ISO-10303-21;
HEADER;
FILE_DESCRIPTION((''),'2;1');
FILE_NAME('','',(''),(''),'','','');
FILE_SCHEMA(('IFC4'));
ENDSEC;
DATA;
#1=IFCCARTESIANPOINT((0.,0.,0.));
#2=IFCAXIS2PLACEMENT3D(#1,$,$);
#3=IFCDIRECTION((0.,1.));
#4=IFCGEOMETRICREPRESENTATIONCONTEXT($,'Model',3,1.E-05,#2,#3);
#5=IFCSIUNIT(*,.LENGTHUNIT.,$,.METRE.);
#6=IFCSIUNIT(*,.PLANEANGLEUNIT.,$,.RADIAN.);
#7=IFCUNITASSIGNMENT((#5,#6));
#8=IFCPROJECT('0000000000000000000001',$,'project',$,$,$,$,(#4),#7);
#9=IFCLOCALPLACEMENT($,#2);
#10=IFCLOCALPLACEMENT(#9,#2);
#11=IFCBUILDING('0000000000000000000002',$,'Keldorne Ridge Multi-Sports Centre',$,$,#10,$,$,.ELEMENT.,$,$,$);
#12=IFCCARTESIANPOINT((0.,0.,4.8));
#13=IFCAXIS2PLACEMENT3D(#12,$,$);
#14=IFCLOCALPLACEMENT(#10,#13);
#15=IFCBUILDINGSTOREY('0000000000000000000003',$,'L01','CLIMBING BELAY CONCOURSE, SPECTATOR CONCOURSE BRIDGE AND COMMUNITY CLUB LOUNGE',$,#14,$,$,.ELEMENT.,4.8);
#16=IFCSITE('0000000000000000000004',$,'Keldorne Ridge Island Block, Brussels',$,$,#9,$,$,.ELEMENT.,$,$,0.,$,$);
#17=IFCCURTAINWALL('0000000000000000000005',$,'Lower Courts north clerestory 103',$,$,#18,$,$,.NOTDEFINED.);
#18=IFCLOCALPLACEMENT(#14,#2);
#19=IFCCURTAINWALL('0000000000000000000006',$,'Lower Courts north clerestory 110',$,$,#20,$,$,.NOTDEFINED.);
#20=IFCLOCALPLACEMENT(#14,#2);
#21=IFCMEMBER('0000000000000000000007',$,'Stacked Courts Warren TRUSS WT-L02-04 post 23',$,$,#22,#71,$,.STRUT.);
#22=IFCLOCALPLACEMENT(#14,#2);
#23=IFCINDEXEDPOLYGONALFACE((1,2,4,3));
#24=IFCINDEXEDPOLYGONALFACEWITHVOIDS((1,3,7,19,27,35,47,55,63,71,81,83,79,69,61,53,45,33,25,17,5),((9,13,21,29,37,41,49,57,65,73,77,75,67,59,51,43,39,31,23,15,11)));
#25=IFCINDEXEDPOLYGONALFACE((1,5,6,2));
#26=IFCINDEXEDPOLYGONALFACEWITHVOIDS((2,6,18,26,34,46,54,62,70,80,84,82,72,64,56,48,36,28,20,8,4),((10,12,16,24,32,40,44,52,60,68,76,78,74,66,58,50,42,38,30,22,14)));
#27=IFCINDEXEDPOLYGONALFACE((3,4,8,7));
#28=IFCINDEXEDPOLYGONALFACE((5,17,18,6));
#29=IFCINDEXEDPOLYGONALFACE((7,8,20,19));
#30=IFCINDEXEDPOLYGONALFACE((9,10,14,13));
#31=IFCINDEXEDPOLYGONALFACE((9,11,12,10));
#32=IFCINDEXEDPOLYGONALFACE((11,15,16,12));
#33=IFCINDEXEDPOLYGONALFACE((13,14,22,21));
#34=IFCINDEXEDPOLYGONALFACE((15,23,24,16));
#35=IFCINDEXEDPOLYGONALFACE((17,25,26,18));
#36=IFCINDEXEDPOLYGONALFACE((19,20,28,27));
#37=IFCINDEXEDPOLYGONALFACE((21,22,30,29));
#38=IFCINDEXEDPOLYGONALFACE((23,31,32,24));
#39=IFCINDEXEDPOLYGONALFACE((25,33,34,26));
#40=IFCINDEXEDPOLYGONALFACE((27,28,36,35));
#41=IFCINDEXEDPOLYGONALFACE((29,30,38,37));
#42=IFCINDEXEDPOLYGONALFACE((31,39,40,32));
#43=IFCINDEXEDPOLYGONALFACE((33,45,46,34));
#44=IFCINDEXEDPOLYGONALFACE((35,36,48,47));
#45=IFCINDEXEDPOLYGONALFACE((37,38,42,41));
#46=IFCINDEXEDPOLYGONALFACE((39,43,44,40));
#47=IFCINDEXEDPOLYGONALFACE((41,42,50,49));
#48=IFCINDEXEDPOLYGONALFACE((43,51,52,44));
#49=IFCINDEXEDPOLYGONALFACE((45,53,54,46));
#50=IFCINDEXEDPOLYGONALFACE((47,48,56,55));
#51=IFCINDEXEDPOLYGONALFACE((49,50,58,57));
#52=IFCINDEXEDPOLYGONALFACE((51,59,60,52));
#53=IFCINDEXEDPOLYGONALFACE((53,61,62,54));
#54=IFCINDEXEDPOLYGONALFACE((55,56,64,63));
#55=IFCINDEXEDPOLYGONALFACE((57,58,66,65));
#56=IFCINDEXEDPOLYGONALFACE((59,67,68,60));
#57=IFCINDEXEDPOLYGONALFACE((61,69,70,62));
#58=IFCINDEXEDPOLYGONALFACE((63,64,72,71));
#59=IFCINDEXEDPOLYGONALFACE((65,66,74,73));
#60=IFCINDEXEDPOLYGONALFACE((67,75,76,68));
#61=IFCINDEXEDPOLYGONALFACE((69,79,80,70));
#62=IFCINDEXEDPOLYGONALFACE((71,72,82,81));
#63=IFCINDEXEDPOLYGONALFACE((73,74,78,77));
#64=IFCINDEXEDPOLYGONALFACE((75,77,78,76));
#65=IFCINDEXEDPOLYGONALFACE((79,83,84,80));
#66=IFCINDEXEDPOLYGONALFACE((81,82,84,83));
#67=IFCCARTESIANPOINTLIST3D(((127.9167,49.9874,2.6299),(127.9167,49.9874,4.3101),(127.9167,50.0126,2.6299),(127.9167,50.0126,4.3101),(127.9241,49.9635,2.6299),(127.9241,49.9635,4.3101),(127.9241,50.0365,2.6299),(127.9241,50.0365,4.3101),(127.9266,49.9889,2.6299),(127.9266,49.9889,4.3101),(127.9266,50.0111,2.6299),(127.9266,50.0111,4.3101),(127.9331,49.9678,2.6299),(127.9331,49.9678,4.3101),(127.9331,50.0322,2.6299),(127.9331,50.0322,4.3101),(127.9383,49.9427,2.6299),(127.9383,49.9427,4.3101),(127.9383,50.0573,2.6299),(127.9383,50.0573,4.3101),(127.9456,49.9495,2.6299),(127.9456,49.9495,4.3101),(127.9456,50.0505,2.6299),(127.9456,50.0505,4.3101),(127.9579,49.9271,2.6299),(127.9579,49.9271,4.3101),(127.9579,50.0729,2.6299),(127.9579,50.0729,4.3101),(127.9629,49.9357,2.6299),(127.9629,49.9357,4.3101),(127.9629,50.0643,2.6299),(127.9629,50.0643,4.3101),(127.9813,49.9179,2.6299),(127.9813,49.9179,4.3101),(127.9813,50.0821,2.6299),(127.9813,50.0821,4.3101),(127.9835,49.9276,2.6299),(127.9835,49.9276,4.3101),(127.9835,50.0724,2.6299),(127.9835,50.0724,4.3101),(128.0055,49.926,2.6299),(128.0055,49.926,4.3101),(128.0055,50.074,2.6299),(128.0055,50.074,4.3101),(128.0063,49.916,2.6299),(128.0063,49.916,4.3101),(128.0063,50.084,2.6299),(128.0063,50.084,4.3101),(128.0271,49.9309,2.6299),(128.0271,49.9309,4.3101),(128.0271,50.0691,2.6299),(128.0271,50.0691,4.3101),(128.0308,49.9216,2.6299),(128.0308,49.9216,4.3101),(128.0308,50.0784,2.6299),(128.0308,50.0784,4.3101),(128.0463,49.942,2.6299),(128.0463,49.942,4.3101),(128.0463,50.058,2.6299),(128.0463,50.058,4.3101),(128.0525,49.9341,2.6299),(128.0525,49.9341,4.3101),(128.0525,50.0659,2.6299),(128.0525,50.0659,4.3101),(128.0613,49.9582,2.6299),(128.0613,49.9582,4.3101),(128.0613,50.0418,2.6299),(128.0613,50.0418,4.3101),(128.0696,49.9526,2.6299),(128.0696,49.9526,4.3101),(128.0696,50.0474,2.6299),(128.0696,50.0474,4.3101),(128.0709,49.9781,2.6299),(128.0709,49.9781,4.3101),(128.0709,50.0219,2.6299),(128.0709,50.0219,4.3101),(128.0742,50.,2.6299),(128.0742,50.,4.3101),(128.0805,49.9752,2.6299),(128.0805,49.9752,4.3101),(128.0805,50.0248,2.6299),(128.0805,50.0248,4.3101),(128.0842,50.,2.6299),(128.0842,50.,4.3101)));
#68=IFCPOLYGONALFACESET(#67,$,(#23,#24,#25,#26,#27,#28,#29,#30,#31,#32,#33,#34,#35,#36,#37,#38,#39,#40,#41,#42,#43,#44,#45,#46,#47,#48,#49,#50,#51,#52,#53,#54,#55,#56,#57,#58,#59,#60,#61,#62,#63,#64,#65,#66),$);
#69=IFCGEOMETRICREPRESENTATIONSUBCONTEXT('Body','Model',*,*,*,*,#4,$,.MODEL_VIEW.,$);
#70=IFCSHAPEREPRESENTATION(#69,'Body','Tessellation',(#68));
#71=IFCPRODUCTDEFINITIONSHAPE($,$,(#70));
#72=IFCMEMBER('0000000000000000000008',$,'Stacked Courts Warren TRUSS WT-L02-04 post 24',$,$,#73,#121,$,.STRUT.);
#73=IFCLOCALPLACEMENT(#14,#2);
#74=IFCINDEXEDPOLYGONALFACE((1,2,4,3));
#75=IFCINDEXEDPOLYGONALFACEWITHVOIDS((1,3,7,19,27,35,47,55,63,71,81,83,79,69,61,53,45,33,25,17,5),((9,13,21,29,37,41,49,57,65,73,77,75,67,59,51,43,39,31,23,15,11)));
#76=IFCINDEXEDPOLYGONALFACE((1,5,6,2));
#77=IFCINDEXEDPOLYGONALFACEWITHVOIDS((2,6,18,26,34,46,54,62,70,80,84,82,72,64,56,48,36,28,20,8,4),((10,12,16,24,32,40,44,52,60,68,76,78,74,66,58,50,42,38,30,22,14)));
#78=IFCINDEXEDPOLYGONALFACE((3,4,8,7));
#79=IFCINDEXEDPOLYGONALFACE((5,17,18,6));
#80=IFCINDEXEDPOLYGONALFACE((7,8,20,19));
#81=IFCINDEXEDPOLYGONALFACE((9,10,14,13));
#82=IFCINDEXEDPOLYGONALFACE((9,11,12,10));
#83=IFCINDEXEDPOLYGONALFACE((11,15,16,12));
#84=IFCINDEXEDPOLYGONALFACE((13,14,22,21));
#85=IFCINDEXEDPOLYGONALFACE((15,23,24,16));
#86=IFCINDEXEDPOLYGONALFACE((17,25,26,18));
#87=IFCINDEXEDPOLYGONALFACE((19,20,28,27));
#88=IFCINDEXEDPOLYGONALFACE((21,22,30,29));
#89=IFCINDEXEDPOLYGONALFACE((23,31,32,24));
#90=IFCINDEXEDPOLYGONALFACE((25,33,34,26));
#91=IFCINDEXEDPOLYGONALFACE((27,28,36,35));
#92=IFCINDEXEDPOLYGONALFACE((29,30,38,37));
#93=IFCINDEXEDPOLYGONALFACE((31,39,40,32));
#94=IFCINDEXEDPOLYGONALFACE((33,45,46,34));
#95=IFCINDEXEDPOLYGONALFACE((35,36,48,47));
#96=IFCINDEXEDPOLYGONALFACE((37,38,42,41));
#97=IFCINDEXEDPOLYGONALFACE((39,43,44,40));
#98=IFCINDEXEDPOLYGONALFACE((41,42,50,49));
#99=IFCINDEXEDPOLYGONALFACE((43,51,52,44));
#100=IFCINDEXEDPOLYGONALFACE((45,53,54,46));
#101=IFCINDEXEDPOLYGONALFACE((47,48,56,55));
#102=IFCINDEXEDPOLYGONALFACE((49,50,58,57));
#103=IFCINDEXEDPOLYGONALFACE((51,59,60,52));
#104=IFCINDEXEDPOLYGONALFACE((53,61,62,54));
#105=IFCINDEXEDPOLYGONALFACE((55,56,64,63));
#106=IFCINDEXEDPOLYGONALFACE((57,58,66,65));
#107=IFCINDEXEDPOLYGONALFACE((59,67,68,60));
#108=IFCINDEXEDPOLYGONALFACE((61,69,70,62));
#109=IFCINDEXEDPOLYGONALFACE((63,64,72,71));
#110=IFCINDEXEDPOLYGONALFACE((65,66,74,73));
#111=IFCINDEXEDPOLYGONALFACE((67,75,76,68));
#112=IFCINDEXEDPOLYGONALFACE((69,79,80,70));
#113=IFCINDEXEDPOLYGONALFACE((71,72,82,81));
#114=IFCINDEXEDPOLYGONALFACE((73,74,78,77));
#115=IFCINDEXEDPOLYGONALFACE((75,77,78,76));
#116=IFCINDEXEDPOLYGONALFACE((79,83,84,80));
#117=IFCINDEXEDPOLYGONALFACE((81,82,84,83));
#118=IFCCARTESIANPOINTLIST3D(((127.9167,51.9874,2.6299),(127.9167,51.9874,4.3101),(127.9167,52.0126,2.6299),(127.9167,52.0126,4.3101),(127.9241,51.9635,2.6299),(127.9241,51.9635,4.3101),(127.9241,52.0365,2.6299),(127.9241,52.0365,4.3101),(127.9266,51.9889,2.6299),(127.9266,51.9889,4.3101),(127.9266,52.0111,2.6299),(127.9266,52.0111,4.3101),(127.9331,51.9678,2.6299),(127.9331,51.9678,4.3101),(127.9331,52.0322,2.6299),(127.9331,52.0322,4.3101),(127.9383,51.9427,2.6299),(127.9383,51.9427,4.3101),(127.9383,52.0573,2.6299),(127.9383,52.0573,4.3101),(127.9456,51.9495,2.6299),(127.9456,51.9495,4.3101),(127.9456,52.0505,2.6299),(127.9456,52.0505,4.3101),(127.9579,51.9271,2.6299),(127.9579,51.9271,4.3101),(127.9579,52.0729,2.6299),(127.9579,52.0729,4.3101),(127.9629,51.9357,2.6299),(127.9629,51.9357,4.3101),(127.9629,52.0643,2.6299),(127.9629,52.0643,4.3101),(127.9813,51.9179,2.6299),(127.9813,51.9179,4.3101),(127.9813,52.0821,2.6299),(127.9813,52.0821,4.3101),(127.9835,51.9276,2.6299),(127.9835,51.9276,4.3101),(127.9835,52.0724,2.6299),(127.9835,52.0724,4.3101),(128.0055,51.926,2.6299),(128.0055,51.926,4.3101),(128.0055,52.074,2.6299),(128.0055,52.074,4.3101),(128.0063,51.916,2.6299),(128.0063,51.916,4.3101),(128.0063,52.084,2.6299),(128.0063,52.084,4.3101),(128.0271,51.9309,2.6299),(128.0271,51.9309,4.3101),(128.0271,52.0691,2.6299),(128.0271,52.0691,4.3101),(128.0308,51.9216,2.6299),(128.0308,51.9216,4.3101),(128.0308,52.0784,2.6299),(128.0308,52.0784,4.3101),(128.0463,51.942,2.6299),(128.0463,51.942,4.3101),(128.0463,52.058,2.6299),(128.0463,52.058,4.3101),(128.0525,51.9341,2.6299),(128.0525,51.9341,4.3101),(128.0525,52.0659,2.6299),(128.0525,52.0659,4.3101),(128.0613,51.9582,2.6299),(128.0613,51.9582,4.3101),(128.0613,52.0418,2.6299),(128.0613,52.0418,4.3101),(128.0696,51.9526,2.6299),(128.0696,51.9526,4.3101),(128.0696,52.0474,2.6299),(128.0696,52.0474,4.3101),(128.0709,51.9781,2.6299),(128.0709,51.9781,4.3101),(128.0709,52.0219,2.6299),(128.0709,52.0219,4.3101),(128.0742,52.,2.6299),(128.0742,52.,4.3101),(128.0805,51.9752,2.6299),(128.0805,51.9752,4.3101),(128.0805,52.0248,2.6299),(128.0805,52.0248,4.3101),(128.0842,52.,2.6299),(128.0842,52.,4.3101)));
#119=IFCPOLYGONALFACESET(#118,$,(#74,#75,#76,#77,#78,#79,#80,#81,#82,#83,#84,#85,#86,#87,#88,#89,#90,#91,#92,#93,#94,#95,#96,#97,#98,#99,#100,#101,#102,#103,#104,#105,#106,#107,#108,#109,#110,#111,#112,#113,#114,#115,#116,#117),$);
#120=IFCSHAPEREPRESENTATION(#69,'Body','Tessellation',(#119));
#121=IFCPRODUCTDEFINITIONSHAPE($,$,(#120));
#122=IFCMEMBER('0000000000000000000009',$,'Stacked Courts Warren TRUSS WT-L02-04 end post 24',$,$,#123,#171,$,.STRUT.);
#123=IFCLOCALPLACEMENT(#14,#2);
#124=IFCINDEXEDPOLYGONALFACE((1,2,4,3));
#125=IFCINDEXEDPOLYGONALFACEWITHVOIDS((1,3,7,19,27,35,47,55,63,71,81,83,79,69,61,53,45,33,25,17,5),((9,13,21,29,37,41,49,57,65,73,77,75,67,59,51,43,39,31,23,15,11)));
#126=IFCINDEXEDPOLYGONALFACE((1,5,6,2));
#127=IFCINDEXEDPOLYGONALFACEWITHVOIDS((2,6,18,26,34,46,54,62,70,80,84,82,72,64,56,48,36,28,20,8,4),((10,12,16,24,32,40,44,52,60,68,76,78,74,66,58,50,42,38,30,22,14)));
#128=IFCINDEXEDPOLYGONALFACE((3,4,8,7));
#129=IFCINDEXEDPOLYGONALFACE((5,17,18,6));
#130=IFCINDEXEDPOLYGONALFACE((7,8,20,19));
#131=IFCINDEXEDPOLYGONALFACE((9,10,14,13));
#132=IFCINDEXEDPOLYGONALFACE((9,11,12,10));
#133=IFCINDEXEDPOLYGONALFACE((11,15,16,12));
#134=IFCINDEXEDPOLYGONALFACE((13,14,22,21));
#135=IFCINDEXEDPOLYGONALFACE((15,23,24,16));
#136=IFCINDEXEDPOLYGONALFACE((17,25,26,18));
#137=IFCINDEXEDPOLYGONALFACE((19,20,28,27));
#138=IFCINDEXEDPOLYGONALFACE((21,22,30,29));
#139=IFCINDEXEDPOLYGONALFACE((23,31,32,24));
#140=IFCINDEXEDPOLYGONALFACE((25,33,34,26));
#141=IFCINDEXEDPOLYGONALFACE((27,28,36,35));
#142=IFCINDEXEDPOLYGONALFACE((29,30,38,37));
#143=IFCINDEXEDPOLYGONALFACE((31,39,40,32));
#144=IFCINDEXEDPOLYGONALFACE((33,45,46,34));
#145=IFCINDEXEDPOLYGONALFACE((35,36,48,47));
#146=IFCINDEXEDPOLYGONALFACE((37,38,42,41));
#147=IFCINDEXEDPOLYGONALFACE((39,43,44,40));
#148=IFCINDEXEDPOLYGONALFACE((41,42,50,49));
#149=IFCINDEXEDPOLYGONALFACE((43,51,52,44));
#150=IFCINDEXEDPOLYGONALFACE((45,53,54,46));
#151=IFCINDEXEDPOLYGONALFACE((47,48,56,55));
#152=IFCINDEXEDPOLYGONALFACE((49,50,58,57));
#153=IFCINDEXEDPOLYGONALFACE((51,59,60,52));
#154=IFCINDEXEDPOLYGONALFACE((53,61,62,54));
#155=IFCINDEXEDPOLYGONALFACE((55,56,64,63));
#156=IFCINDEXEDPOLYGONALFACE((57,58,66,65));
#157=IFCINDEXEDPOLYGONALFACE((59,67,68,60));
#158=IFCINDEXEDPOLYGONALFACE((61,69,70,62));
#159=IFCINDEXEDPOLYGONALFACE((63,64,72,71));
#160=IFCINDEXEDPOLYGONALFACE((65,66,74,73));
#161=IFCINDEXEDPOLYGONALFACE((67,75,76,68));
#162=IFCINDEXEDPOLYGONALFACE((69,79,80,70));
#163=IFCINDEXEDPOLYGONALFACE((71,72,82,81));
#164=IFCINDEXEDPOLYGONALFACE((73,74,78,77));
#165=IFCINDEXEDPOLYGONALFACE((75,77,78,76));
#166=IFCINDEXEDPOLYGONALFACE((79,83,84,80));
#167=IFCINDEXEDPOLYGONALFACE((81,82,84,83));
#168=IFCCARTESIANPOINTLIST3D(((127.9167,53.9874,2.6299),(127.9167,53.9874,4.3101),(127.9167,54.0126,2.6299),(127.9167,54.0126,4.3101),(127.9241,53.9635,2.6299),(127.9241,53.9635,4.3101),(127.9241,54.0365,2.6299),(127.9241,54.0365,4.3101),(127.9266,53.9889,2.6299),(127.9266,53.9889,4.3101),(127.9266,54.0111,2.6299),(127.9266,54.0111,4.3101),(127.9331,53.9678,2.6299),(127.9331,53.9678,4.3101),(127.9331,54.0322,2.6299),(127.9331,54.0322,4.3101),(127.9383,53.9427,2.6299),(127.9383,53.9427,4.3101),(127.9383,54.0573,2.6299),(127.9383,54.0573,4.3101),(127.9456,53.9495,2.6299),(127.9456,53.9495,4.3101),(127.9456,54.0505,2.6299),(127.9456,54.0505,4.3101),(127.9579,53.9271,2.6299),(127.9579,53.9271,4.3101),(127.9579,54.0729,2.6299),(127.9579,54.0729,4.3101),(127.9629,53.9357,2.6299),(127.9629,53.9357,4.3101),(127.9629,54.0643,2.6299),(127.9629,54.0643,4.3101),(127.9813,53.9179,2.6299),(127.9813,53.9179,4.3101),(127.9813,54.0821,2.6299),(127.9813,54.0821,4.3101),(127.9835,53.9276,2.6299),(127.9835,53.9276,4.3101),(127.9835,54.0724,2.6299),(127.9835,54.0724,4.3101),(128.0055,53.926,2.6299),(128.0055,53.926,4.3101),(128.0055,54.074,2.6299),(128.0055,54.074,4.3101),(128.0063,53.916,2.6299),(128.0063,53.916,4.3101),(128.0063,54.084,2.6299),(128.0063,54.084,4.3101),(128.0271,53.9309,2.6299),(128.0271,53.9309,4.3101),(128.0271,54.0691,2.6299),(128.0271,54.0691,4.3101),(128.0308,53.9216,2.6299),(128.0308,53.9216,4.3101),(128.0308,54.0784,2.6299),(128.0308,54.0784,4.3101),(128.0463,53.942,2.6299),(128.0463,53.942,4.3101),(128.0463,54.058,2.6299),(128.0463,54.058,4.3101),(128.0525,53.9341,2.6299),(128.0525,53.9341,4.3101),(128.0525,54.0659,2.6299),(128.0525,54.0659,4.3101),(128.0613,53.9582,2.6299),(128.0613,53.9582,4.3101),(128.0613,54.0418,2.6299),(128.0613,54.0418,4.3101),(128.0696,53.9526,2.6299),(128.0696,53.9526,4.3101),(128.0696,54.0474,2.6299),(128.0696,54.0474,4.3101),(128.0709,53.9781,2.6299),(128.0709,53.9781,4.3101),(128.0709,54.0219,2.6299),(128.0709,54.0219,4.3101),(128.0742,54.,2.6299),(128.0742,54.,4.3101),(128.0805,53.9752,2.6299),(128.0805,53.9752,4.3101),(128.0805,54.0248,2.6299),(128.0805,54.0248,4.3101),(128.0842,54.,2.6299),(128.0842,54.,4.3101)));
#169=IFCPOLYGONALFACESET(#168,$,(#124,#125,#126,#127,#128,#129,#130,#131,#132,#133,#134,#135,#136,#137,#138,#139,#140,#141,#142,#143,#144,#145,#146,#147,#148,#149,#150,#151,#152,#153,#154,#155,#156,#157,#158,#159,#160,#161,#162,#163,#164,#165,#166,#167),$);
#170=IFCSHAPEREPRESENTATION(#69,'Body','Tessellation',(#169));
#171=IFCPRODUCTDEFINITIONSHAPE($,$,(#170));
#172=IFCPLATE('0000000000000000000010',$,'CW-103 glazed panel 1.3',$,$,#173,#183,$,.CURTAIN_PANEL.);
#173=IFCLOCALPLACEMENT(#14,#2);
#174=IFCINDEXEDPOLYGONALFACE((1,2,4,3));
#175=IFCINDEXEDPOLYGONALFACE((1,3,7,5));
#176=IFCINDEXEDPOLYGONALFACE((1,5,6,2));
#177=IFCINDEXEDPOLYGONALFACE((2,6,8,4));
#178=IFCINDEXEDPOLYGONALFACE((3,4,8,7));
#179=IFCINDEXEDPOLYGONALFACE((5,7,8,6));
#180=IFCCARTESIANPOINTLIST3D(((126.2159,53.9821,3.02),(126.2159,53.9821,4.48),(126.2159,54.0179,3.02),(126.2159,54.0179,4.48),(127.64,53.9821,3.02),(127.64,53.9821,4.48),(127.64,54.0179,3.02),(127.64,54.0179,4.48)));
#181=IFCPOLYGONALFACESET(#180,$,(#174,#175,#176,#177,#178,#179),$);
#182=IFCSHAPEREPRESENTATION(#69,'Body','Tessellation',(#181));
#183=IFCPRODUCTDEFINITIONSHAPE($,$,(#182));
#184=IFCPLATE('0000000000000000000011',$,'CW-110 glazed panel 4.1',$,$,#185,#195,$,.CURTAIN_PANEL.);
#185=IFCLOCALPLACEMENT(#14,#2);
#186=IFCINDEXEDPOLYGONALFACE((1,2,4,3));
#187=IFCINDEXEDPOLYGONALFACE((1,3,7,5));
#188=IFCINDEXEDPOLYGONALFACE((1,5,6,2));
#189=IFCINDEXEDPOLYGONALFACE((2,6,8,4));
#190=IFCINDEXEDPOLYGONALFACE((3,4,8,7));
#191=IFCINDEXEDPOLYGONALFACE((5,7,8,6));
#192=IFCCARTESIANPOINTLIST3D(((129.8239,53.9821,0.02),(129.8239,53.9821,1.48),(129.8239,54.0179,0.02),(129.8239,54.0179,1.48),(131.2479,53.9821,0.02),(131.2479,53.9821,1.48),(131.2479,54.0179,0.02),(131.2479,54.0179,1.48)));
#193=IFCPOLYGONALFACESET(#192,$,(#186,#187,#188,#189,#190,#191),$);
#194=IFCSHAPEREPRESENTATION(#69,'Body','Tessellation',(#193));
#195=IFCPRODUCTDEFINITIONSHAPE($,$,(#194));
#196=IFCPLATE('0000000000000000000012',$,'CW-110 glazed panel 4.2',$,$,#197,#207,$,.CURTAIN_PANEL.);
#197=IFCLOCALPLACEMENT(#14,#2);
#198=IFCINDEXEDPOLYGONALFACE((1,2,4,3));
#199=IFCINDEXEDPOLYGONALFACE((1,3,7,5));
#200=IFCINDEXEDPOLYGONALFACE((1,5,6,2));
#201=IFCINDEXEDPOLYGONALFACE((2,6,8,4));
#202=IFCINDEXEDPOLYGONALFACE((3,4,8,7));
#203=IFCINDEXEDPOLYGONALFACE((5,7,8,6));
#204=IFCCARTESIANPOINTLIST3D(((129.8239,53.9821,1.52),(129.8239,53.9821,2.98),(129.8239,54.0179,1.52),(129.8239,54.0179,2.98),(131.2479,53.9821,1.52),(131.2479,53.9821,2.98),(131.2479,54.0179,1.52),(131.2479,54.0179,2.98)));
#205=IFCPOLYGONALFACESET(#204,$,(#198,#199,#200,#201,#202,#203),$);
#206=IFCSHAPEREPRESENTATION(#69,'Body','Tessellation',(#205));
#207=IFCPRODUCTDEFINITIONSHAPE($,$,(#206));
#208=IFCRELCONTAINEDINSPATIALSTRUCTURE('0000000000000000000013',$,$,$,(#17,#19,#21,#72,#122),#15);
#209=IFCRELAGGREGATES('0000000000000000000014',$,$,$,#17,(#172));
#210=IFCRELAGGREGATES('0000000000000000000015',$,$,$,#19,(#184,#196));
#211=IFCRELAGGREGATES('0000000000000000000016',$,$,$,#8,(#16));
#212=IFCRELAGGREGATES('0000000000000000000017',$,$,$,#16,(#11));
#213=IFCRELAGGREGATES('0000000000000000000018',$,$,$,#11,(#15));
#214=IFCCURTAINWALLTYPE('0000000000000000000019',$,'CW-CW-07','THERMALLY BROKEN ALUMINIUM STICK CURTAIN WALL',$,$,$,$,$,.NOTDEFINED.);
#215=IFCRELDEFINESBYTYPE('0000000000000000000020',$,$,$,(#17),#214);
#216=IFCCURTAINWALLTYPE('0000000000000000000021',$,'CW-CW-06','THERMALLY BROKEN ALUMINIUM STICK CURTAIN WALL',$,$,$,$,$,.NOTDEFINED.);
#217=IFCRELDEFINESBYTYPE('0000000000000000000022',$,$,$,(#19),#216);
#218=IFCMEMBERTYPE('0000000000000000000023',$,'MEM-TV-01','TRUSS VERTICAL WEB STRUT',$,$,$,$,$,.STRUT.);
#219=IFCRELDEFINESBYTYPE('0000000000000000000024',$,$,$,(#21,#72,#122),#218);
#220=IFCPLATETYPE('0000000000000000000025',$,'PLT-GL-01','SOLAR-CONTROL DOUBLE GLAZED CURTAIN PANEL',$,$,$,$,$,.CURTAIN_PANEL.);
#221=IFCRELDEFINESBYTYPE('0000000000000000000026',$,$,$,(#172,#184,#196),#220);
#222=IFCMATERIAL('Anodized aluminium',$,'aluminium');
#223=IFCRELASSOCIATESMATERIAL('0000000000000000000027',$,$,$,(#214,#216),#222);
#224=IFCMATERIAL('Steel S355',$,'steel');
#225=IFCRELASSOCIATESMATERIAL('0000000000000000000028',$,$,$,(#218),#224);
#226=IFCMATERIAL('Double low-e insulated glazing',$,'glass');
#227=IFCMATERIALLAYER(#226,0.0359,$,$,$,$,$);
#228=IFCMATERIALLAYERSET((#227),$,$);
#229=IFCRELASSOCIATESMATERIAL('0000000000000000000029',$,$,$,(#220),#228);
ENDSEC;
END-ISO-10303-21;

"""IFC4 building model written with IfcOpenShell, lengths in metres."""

from ifc_helpers import new_model, si_unit, direction, frame, origin, origin_2d, place, context, subcontext, project, spatial, rectangle, hollow_circle, extrude, material, layer, layer_set, material_profile, profile_set, type_object, element, aggregate, save


model = new_model("IFC4")

# Units and contexts
model_context = context("Model", 3, precision=1e-05, world=origin(), true_north=direction((0.0, 1.0)))
body_context = subcontext(model_context, "Body", "Model", "MODEL_VIEW")
ifc_project = project(units=[si_unit("LENGTHUNIT", "METRE"), si_unit("PLANEANGLEUNIT", "RADIAN")], contexts=[model_context])

# Site, building, storey
site_placement = place(None, origin())
site = spatial("IfcSite", under=ifc_project, at=site_placement, Name="Keldorne Ridge Island Block, Brussels", CompositionType="ELEMENT", RefElevation=0.0)
building_placement = place(site_placement, origin())
building = spatial("IfcBuilding", under=site, at=building_placement, Name="Keldorne Ridge Multi-Sports Centre", CompositionType="ELEMENT")
storey_placement = place(building_placement, frame((0.0, 0.0, 4.8)))
storey = spatial("IfcBuildingStorey", under=building, at=storey_placement, Name="L01", Description="CLIMBING BELAY CONCOURSE, SPECTATOR CONCOURSE BRIDGE AND COMMUNITY CLUB LOUNGE", CompositionType="ELEMENT", Elevation=4.8)

# Shared definitions
ifc_material_1 = material(Name="Steel S355", Category="steel")

# Curtain wall
ifc_material_2 = material(Name="Anodized aluminium", Category="aluminium")
curtain_wall_type_1 = type_object("IfcCurtainWallType", Name="CW-CW-07", Description="THERMALLY BROKEN ALUMINIUM STICK CURTAIN WALL", PredefinedType="NOTDEFINED", material=ifc_material_2)
curtain_wall_1_placement = place(storey_placement, origin())
curtain_wall_1 = element("IfcCurtainWall", 1, at=curtain_wall_1_placement, inside=storey, type_object=curtain_wall_type_1, Name="Lower Courts north clerestory 103", PredefinedType="NOTDEFINED")

# Curtain wall
curtain_wall_type_2 = type_object("IfcCurtainWallType", Name="CW-CW-06", Description="THERMALLY BROKEN ALUMINIUM STICK CURTAIN WALL", PredefinedType="NOTDEFINED", material=ifc_material_2)
curtain_wall_2_placement = place(storey_placement, origin())
curtain_wall_2 = element("IfcCurtainWall", 2, at=curtain_wall_2_placement, inside=storey, type_object=curtain_wall_type_2, Name="Lower Courts north clerestory 110", PredefinedType="NOTDEFINED")

# Members
ifc_material_profile_1 = material_profile(ifc_material_1, hollow_circle(Radius=0.0842, WallThickness=0.01, at=origin_2d()), Name="CHS 168.3x10")
ifc_profile_set_1 = profile_set([ifc_material_profile_1], Name="Steel S355")
member_type_1 = type_object("IfcMemberType", Name="MEM-TV-01", Description="TRUSS VERTICAL WEB STRUT", PredefinedType="STRUT", material=ifc_profile_set_1)
for number, where, z_axis, x_axis, name in (
    (3, (128.0, 50.0, 2.6299), (0.0, 0.0, 1.0), (1.0, 0.0, 0.0), "Stacked Courts Warren TRUSS WT-L02-04 post 23"),
    (4, (128.0, 52.0, 2.6299), (0.0, 0.0, 1.0), (1.0, 0.0, 0.0), "Stacked Courts Warren TRUSS WT-L02-04 post 24"),
    (5, (128.0, 54.0, 2.6299), (0.0, 0.0, 1.0), (1.0, 0.0, 0.0), "Stacked Courts Warren TRUSS WT-L02-04 end post 24"),
):
    element("IfcMember", number, at=place(storey_placement, frame(where, z_axis=z_axis, x_axis=x_axis)), inside=storey, type_object=member_type_1, Name=name, PredefinedType="STRUT", context=body_context, shape_type="SweptSolid", body=[
        extrude(hollow_circle(Radius=0.0842, WallThickness=0.01, at=origin_2d()), origin(), (0.0, 0.0, 1.0), 1.6802),
    ])

# Plates
ifc_material_3 = material(Name="Double low-e insulated glazing", Category="glass")
ifc_layer = layer(ifc_material_3, 0.0359)
ifc_layer_set = layer_set([ifc_layer])
plate_type = type_object("IfcPlateType", Name="PLT-GL-01", Description="SOLAR-CONTROL DOUBLE GLAZED CURTAIN PANEL", PredefinedType="CURTAIN_PANEL", material=ifc_layer_set)
plate_1_placement = place(storey_placement, frame((126.928, 54.0, 3.02), z_axis=(0.0, 0.0, 1.0), x_axis=(-1.0, 0.0, 0.0)))
plate_1 = element("IfcPlate", 6, at=plate_1_placement, type_object=plate_type, Name="CW-103 glazed panel 1.3", PredefinedType="CURTAIN_PANEL", context=body_context, shape_type="SweptSolid", body=[
    extrude(rectangle(XDim=1.4241, YDim=0.0359, at=origin_2d()), origin(), (0.0, 0.0, 1.0), 1.46),
])
aggregate(curtain_wall_1, [plate_1])
plate_2_placement = place(storey_placement, frame((130.5359, 54.0, 0.02), z_axis=(0.0, 0.0, 1.0), x_axis=(-1.0, 0.0, 0.0)))
plate_2 = element("IfcPlate", 7, at=plate_2_placement, type_object=plate_type, Name="CW-110 glazed panel 4.1", PredefinedType="CURTAIN_PANEL", context=body_context, shape_type="SweptSolid", body=[
    extrude(rectangle(XDim=1.4241, YDim=0.0359, at=origin_2d()), origin(), (0.0, 0.0, 1.0), 1.46),
])
plate_3_placement = place(storey_placement, frame((130.5359, 54.0, 1.52), z_axis=(0.0, 0.0, 1.0), x_axis=(-1.0, 0.0, 0.0)))
plate_3 = element("IfcPlate", 8, at=plate_3_placement, type_object=plate_type, Name="CW-110 glazed panel 4.2", PredefinedType="CURTAIN_PANEL", context=body_context, shape_type="SweptSolid", body=[
    extrude(rectangle(XDim=1.4241, YDim=0.0359, at=origin_2d()), origin(), (0.0, 0.0, 1.0), 1.46),
])
aggregate(curtain_wall_2, [plate_2, plate_3])

save(model, "model.ifc")
